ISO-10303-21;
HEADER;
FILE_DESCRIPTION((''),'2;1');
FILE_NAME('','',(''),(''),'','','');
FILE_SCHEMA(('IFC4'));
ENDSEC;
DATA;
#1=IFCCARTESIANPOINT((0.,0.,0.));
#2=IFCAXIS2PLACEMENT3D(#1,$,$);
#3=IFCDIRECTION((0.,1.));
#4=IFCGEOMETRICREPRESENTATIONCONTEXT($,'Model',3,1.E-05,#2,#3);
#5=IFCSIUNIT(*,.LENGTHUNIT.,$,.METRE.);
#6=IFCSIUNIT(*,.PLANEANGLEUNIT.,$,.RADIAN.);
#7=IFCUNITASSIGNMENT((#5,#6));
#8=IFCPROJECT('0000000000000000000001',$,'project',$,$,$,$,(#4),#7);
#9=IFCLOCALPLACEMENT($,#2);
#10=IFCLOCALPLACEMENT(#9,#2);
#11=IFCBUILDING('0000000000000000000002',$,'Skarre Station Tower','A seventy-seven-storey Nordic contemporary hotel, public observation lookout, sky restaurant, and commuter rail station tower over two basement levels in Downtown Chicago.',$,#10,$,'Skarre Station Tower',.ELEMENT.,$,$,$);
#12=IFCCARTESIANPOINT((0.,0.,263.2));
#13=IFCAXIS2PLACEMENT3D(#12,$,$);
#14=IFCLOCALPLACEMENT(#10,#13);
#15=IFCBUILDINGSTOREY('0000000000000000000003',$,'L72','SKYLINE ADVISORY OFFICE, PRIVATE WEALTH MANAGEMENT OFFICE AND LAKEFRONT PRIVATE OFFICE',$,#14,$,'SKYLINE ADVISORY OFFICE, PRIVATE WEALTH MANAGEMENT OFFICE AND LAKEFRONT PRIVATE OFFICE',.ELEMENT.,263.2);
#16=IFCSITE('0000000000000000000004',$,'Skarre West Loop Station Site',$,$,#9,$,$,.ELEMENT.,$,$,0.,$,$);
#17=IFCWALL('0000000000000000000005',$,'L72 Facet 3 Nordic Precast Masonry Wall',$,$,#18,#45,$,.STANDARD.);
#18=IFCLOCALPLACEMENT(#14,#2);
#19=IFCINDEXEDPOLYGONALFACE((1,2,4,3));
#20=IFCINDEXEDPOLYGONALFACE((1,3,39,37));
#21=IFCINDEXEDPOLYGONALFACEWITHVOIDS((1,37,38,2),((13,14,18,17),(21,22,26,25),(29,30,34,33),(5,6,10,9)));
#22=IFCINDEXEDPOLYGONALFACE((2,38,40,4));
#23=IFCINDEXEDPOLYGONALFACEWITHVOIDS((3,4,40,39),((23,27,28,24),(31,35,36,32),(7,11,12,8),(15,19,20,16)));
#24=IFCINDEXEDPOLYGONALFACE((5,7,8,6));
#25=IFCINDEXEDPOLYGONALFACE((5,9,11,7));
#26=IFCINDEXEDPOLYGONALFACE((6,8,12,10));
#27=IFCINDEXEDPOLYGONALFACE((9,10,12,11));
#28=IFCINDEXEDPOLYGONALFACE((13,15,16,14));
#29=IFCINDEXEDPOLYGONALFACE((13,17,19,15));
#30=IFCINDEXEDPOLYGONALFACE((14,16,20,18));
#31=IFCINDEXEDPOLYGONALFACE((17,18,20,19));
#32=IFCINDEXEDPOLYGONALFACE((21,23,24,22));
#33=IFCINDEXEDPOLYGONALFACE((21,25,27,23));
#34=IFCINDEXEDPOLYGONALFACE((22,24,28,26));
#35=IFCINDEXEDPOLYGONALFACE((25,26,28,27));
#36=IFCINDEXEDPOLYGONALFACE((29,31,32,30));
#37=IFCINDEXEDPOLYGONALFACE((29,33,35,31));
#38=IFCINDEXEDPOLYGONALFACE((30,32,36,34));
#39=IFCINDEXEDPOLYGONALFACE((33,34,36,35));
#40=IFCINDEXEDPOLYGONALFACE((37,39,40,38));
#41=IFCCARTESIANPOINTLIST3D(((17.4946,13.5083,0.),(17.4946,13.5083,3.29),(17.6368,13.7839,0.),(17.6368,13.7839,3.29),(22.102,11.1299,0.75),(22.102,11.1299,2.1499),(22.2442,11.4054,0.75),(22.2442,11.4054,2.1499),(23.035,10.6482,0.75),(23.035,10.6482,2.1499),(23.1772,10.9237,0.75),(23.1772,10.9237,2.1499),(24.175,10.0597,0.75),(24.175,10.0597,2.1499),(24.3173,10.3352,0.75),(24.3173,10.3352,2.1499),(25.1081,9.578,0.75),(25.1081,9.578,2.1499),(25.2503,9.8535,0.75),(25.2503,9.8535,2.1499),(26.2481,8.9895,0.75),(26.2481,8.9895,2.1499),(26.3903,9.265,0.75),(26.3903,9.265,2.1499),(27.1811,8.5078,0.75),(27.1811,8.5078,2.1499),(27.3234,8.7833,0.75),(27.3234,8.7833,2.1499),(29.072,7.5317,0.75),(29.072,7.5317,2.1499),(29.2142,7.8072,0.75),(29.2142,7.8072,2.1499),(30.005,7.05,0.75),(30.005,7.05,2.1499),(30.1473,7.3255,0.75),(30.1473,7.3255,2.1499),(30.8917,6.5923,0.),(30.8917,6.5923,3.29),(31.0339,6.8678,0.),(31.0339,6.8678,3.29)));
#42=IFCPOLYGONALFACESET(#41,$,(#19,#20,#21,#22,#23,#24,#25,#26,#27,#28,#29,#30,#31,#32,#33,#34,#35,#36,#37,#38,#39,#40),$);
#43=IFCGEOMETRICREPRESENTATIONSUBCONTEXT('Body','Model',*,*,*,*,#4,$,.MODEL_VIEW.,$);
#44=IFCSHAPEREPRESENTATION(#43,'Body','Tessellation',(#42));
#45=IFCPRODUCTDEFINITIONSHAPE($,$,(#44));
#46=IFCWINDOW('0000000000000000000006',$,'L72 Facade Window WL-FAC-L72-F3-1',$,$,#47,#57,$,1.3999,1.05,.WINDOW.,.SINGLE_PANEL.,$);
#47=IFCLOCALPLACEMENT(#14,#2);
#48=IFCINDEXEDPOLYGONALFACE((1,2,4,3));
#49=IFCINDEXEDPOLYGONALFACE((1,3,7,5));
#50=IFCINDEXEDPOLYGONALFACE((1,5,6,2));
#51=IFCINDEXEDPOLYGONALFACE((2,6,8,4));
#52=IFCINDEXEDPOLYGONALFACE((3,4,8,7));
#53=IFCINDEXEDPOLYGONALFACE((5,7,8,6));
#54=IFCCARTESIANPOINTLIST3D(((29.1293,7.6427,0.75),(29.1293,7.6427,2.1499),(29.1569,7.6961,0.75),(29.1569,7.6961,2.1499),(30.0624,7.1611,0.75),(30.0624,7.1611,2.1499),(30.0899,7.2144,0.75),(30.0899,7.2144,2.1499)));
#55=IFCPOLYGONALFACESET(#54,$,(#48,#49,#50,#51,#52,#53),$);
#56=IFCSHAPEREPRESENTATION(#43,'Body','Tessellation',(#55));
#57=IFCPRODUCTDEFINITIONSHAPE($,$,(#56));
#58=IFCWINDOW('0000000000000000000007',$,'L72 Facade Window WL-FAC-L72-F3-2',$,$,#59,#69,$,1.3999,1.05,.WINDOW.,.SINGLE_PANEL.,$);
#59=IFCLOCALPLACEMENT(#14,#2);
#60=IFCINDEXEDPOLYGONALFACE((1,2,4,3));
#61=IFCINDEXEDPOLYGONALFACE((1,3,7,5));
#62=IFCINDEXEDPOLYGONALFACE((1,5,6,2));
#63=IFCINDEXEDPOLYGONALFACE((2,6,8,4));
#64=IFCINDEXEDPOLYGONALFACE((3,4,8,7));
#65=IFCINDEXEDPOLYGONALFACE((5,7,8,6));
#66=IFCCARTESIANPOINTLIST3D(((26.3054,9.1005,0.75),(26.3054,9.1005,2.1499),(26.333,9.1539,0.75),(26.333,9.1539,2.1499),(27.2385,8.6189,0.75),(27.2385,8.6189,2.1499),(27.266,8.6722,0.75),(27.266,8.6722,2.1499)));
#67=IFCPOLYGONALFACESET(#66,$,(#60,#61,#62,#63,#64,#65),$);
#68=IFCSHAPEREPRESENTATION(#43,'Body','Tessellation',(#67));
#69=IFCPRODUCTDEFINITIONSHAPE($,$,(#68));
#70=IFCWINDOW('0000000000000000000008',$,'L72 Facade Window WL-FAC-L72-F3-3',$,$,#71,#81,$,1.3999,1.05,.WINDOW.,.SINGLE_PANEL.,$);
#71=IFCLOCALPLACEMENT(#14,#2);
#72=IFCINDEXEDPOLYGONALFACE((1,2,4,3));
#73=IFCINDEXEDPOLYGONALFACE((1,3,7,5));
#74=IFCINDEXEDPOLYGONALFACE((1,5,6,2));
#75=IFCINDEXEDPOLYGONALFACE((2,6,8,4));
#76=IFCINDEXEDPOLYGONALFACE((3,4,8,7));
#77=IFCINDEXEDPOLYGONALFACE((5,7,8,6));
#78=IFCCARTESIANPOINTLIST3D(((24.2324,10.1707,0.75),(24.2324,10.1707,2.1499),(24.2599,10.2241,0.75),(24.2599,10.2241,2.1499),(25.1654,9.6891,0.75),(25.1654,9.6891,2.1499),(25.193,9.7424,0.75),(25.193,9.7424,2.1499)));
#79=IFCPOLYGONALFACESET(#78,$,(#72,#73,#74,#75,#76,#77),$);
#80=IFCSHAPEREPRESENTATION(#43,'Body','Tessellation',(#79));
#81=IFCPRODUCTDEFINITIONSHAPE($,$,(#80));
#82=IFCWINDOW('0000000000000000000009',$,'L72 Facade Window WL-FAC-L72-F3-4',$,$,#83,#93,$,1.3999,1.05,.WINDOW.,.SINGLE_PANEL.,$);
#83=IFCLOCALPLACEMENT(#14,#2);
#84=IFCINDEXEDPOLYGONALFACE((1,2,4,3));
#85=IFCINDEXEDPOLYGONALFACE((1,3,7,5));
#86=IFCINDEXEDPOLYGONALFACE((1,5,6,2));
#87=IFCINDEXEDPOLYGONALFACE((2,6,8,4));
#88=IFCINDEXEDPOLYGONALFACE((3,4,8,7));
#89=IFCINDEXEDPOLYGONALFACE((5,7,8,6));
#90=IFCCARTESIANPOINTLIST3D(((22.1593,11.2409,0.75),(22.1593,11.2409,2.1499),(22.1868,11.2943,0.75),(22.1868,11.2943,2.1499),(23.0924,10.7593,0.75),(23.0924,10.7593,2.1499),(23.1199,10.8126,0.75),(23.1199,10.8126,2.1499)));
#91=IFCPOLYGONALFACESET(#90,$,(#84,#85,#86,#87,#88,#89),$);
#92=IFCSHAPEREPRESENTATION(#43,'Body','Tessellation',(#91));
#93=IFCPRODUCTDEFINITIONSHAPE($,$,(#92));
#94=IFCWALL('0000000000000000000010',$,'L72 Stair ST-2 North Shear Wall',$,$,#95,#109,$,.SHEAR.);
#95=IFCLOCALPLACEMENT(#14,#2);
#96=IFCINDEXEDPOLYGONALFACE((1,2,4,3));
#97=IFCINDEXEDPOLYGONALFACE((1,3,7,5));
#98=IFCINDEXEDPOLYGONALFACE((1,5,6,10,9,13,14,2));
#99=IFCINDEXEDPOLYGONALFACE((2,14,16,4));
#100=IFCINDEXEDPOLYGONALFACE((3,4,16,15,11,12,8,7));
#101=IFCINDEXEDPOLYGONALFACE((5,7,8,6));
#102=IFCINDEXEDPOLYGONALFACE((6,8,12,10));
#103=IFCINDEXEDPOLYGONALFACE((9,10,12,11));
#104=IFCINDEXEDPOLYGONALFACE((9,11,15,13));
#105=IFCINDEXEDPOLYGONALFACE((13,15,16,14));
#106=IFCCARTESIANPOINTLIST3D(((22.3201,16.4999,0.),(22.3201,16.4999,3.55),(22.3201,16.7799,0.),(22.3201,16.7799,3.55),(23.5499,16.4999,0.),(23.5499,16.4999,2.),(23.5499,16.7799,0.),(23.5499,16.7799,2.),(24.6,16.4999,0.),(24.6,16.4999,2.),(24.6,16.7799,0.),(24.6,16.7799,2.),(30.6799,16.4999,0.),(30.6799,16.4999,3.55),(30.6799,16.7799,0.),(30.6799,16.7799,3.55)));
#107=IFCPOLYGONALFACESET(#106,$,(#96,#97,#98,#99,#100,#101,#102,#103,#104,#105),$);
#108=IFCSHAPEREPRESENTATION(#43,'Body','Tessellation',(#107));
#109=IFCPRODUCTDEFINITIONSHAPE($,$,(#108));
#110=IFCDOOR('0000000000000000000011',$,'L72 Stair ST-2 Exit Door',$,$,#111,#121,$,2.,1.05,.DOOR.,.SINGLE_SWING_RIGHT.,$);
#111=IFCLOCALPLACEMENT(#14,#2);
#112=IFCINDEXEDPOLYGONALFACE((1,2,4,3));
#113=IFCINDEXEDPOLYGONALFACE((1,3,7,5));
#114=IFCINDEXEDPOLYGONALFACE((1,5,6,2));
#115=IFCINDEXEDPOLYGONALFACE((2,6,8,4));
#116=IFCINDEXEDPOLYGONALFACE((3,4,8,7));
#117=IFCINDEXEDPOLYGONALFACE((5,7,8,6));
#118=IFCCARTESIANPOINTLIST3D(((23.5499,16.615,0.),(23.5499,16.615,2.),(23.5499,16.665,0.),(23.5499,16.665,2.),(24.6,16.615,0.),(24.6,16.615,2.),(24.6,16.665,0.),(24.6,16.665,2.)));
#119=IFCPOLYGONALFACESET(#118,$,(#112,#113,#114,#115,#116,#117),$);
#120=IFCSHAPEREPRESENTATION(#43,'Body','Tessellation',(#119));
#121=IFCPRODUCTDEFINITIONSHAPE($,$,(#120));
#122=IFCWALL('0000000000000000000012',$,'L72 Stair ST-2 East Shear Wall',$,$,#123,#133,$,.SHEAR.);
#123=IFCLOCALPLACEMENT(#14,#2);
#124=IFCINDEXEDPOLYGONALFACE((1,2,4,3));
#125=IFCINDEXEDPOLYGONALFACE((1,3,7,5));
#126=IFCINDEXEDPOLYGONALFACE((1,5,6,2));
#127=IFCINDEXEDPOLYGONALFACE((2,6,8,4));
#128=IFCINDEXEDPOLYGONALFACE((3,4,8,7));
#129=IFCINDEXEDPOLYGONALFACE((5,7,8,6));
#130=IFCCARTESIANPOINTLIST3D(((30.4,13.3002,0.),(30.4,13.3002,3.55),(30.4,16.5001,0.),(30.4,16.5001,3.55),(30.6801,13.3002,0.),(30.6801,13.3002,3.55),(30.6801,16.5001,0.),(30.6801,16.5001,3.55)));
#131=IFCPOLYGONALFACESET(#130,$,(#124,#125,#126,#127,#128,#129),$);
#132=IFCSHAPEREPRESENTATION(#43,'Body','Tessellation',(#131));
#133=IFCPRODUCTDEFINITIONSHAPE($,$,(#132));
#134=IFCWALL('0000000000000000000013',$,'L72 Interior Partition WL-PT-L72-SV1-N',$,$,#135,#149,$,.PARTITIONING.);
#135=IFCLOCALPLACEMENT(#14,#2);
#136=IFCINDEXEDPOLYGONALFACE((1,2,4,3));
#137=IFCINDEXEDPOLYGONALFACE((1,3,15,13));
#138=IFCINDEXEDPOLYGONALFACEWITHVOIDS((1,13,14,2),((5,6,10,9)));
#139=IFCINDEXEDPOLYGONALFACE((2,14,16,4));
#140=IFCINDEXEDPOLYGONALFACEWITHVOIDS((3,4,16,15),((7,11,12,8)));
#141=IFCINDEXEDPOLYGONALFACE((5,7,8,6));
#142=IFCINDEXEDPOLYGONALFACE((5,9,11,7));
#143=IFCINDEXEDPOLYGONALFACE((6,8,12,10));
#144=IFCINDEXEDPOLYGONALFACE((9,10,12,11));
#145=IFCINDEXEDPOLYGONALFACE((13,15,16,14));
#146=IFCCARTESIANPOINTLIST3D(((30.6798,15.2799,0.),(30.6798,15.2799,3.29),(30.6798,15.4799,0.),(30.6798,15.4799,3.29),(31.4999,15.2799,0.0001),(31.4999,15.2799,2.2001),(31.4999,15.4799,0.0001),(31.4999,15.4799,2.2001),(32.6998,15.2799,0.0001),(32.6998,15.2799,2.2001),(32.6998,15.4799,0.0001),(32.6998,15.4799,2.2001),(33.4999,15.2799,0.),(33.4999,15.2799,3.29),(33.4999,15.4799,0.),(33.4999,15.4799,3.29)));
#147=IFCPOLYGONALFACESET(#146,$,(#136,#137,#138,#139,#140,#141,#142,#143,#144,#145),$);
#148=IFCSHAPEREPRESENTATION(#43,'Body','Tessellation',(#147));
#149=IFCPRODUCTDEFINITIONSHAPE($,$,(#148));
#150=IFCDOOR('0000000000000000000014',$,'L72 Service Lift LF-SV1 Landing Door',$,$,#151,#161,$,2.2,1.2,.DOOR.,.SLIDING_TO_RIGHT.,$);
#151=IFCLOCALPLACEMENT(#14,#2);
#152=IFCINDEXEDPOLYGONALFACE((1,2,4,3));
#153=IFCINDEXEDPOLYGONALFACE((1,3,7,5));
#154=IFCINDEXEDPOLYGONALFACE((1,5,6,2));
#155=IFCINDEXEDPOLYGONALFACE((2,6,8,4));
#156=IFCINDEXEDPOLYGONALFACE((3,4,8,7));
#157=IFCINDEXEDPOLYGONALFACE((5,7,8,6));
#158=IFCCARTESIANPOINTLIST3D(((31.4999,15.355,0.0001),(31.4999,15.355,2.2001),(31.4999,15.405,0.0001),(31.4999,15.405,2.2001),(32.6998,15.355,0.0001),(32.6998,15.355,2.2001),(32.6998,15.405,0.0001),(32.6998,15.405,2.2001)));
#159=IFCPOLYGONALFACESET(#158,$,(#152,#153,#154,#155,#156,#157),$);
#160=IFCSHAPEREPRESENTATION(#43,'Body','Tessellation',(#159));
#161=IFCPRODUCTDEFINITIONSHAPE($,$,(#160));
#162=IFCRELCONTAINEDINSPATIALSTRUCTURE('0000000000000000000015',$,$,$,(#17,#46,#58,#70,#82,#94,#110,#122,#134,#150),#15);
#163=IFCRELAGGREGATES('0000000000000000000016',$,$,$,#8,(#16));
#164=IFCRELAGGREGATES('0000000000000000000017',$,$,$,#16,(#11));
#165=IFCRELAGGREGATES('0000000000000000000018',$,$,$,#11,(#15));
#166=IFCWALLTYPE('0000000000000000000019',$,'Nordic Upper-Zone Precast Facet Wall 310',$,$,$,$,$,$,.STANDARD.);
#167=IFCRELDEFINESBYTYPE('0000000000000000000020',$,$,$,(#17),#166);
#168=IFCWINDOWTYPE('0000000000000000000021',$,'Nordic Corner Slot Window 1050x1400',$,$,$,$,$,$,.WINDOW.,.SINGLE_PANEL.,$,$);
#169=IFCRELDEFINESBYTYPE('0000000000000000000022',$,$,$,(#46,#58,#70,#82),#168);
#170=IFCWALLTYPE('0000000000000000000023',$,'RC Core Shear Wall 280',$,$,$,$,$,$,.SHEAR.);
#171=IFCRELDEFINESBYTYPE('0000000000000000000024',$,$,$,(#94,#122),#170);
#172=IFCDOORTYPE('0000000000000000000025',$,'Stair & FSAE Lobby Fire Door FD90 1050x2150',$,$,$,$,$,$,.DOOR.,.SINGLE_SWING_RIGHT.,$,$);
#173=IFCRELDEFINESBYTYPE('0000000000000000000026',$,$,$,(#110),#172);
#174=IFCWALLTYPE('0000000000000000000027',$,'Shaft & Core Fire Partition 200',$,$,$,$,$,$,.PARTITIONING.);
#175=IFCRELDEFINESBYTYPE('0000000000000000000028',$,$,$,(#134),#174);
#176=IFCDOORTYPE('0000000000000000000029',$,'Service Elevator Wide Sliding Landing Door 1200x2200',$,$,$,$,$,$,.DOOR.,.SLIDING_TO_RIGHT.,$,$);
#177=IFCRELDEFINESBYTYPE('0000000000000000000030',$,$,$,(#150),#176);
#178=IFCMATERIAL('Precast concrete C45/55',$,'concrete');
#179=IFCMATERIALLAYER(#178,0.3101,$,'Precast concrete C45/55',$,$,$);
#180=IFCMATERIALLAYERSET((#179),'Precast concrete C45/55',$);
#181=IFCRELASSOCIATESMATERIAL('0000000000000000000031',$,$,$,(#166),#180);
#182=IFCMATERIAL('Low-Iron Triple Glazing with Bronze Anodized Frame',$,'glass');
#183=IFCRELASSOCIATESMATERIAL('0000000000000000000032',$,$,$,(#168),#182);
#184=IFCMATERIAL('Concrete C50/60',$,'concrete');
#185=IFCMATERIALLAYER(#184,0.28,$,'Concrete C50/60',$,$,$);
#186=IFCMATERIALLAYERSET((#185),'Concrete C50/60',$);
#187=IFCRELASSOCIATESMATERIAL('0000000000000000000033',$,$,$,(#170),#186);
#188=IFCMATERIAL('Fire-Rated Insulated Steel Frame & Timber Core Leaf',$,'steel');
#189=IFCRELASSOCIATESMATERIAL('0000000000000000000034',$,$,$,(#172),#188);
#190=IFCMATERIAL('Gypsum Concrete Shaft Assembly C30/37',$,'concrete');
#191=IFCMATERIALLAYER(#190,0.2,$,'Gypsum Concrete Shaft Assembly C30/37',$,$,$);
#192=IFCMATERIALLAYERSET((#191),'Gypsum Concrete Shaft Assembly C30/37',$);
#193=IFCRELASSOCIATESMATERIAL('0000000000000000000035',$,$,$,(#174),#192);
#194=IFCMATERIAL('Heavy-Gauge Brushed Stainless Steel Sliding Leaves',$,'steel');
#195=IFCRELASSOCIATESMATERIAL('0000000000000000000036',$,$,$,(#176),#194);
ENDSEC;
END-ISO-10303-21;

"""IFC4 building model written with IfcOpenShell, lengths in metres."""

from ifc_helpers import new_model, si_unit, direction, frame, frame_2d, origin, place, context, subcontext, project, spatial, rectangle, extrude, material, layer, layer_set, type_object, element, fill, save


model = new_model("IFC4")

# Units and contexts
model_context = context("Model", 3, precision=1e-05, world=origin(), true_north=direction((0.0, 1.0)))
body_context = subcontext(model_context, "Body", "Model", "MODEL_VIEW")
ifc_project = project(units=[si_unit("LENGTHUNIT", "METRE"), si_unit("PLANEANGLEUNIT", "RADIAN")], contexts=[model_context])

# Site, building, storey
site_placement = place(None, origin())
site = spatial("IfcSite", under=ifc_project, at=site_placement, Name="Skarre West Loop Station Site", CompositionType="ELEMENT", RefElevation=0.0)
building_placement = place(site_placement, origin())
building = spatial("IfcBuilding", under=site, at=building_placement, Name="Skarre Station Tower", Description="A seventy-seven-storey Nordic contemporary hotel, public observation lookout, sky restaurant, and commuter rail station tower over two basement levels in Downtown Chicago.", LongName="Skarre Station Tower", CompositionType="ELEMENT")
storey_placement = place(building_placement, frame((0.0, 0.0, 263.2)))
storey = spatial("IfcBuildingStorey", under=building, at=storey_placement, Name="L72", Description="SKYLINE ADVISORY OFFICE, PRIVATE WEALTH MANAGEMENT OFFICE AND LAKEFRONT PRIVATE OFFICE", LongName="SKYLINE ADVISORY OFFICE, PRIVATE WEALTH MANAGEMENT OFFICE AND LAKEFRONT PRIVATE OFFICE", CompositionType="ELEMENT", Elevation=263.2)

# Shared definitions
ifc_material_1 = material(Name="Concrete C50/60", Category="concrete")

# Shared definitions
ifc_material_2 = material(Name="Precast concrete C45/55", Category="concrete")

# Wall, openings, windows
ifc_layer_1 = layer(ifc_material_2, 0.3101, Name="Precast concrete C45/55")
ifc_layer_set_1 = layer_set([ifc_layer_1], Name="Precast concrete C45/55")
wall_type_1 = type_object("IfcWallType", Name="Nordic Upper-Zone Precast Facet Wall 310", PredefinedType="STANDARD", material=ifc_layer_set_1)
wall_1_placement = place(storey_placement, frame((30.9629, 6.73, 0.0), z_axis=(0.0, 0.0, 1.0), x_axis=(-0.888581, 0.458719, 0.0)))
wall_1 = element("IfcWall", 1, at=wall_1_placement, inside=storey, type_object=wall_type_1, Name="L72 Facet 3 Nordic Precast Masonry Wall", PredefinedType="STANDARD", context=body_context, shape_type="SweptSolid", body=[
    extrude(rectangle(XDim=15.0769, YDim=0.3101, at=frame_2d((7.5386, 0.0))), origin(), (0.0, 0.0, 1.0), 3.29),
])
opening_1_placement = place(wall_1_placement, frame((0.998, 0.0, 0.75)))
opening_1 = element("IfcOpeningElement", 2, at=opening_1_placement, cuts=wall_1, PredefinedType="OPENING", context=body_context, shape_type="SweptSolid", body=[
    extrude(rectangle(XDim=1.05, YDim=1.3999, at=frame_2d((0.5249, 0.7))), frame((0.0, 0.165, 0.0), z_axis=(0.0, -1.0, 0.0), x_axis=(1.0, 0.0, 0.0)), (0.0, 0.0, 1.0), 0.3301),
])
opening_2_placement = place(wall_1_placement, frame((4.176, 0.0, 0.75)))
opening_2 = element("IfcOpeningElement", 3, at=opening_2_placement, cuts=wall_1, PredefinedType="OPENING", context=body_context, shape_type="SweptSolid", body=[
    extrude(rectangle(XDim=1.05, YDim=1.3999, at=frame_2d((0.5249, 0.7))), frame((0.0, 0.165, 0.0), z_axis=(0.0, -1.0, 0.0), x_axis=(1.0, 0.0, 0.0)), (0.0, 0.0, 1.0), 0.3301),
])
opening_3_placement = place(wall_1_placement, frame((6.509, 0.0, 0.75)))
opening_3 = element("IfcOpeningElement", 4, at=opening_3_placement, cuts=wall_1, PredefinedType="OPENING", context=body_context, shape_type="SweptSolid", body=[
    extrude(rectangle(XDim=1.05, YDim=1.3999, at=frame_2d((0.5249, 0.7))), frame((0.0, 0.165, 0.0), z_axis=(0.0, -1.0, 0.0), x_axis=(1.0, 0.0, 0.0)), (0.0, 0.0, 1.0), 0.3301),
])
opening_4_placement = place(wall_1_placement, frame((8.842, 0.0, 0.75)))
opening_4 = element("IfcOpeningElement", 5, at=opening_4_placement, cuts=wall_1, PredefinedType="OPENING", context=body_context, shape_type="SweptSolid", body=[
    extrude(rectangle(XDim=1.05, YDim=1.3999, at=frame_2d((0.5249, 0.7))), frame((0.0, 0.165, 0.0), z_axis=(0.0, -1.0, 0.0), x_axis=(1.0, 0.0, 0.0)), (0.0, 0.0, 1.0), 0.3301),
])
ifc_material_3 = material(Name="Low-Iron Triple Glazing with Bronze Anodized Frame", Category="glass")
window_type = type_object("IfcWindowType", Name="Nordic Corner Slot Window 1050x1400", PartitioningType="SINGLE_PANEL", PredefinedType="WINDOW", material=ifc_material_3)
window_1_placement = place(opening_1_placement, origin())
window_1 = element("IfcWindow", 6, at=window_1_placement, inside=storey, type_object=window_type, Name="L72 Facade Window WL-FAC-L72-F3-1", OverallHeight=1.3999, OverallWidth=1.05, PartitioningType="SINGLE_PANEL", PredefinedType="WINDOW", context=body_context, shape_type="SweptSolid", body=[
    extrude(rectangle(XDim=1.05, YDim=1.3999, at=frame_2d((0.5249, 0.7))), frame((0.0, 0.03, 0.0), z_axis=(0.0, -1.0, 0.0), x_axis=(1.0, 0.0, 0.0)), (0.0, 0.0, 1.0), 0.0601),
])
fill(opening_1, window_1)
window_2_placement = place(opening_2_placement, origin())
window_2 = element("IfcWindow", 7, at=window_2_placement, inside=storey, type_object=window_type, Name="L72 Facade Window WL-FAC-L72-F3-2", OverallHeight=1.3999, OverallWidth=1.05, PartitioningType="SINGLE_PANEL", PredefinedType="WINDOW", context=body_context, shape_type="SweptSolid", body=[
    extrude(rectangle(XDim=1.05, YDim=1.3999, at=frame_2d((0.5249, 0.7))), frame((0.0, 0.03, 0.0), z_axis=(0.0, -1.0, 0.0), x_axis=(1.0, 0.0, 0.0)), (0.0, 0.0, 1.0), 0.0601),
])
fill(opening_2, window_2)
window_3_placement = place(opening_3_placement, origin())
window_3 = element("IfcWindow", 8, at=window_3_placement, inside=storey, type_object=window_type, Name="L72 Facade Window WL-FAC-L72-F3-3", OverallHeight=1.3999, OverallWidth=1.05, PartitioningType="SINGLE_PANEL", PredefinedType="WINDOW", context=body_context, shape_type="SweptSolid", body=[
    extrude(rectangle(XDim=1.05, YDim=1.3999, at=frame_2d((0.5249, 0.7))), frame((0.0, 0.03, 0.0), z_axis=(0.0, -1.0, 0.0), x_axis=(1.0, 0.0, 0.0)), (0.0, 0.0, 1.0), 0.0601),
])
fill(opening_3, window_3)
window_4_placement = place(opening_4_placement, origin())
window_4 = element("IfcWindow", 9, at=window_4_placement, inside=storey, type_object=window_type, Name="L72 Facade Window WL-FAC-L72-F3-4", OverallHeight=1.3999, OverallWidth=1.05, PartitioningType="SINGLE_PANEL", PredefinedType="WINDOW", context=body_context, shape_type="SweptSolid", body=[
    extrude(rectangle(XDim=1.05, YDim=1.3999, at=frame_2d((0.5249, 0.7))), frame((0.0, 0.03, 0.0), z_axis=(0.0, -1.0, 0.0), x_axis=(1.0, 0.0, 0.0)), (0.0, 0.0, 1.0), 0.0601),
])
fill(opening_4, window_4)

# Wall, opening, door
ifc_layer_2 = layer(ifc_material_1, 0.28, Name="Concrete C50/60")
ifc_layer_set_2 = layer_set([ifc_layer_2], Name="Concrete C50/60")
wall_type_2 = type_object("IfcWallType", Name="RC Core Shear Wall 280", PredefinedType="SHEAR", material=ifc_layer_set_2)
wall_2_placement = place(storey_placement, frame((30.6799, 16.6399, 0.0), z_axis=(0.0, 0.0, 1.0), x_axis=(-1.0, 0.0, 0.0)))
wall_2 = element("IfcWall", 10, at=wall_2_placement, inside=storey, type_object=wall_type_2, Name="L72 Stair ST-2 North Shear Wall", PredefinedType="SHEAR", context=body_context, shape_type="SweptSolid", body=[
    extrude(rectangle(XDim=8.3599, YDim=0.28, at=frame_2d((4.1799, 0.0))), origin(), (0.0, 0.0, 1.0), 3.55),
])
opening_5_placement = place(wall_2_placement, frame((6.0801, 0.0, 0.0)))
opening_5 = element("IfcOpeningElement", 11, at=opening_5_placement, cuts=wall_2, PredefinedType="OPENING", context=body_context, shape_type="SweptSolid", body=[
    extrude(rectangle(XDim=1.05, YDim=2.0, at=frame_2d((0.5249, 1.0))), frame((0.0, 0.1499, 0.0), z_axis=(0.0, -1.0, 0.0), x_axis=(1.0, 0.0, 0.0)), (0.0, 0.0, 1.0), 0.3),
])
ifc_material_4 = material(Name="Fire-Rated Insulated Steel Frame & Timber Core Leaf", Category="steel")
door_type_1 = type_object("IfcDoorType", Name="Stair & FSAE Lobby Fire Door FD90 1050x2150", OperationType="SINGLE_SWING_RIGHT", PredefinedType="DOOR", material=ifc_material_4)
door_1_placement = place(opening_5_placement, origin())
door_1 = element("IfcDoor", 12, at=door_1_placement, inside=storey, type_object=door_type_1, Name="L72 Stair ST-2 Exit Door", OperationType="SINGLE_SWING_RIGHT", OverallHeight=2.0, OverallWidth=1.05, PredefinedType="DOOR", context=body_context, shape_type="SweptSolid", body=[
    extrude(rectangle(XDim=1.05, YDim=2.0, at=frame_2d((0.5249, 1.0))), frame((0.0, 0.0249, 0.0), z_axis=(0.0, -1.0, 0.0), x_axis=(1.0, 0.0, 0.0)), (0.0, 0.0, 1.0), 0.05),
])
fill(opening_5, door_1)

# Wall
wall_3_placement = place(storey_placement, frame((30.54, 13.3, 0.0), z_axis=(0.0, 0.0, 1.0), x_axis=(0.0, 1.0, 0.0)))
element("IfcWall", 13, at=wall_3_placement, inside=storey, type_object=wall_type_2, Name="L72 Stair ST-2 East Shear Wall", PredefinedType="SHEAR", context=body_context, shape_type="SweptSolid", body=[
    extrude(rectangle(XDim=3.2, YDim=0.28, at=frame_2d((1.6001, 0.0))), origin(), (0.0, 0.0, 1.0), 3.55),
])

# Wall, opening, door
ifc_material_5 = material(Name="Gypsum Concrete Shaft Assembly C30/37", Category="concrete")
ifc_layer_3 = layer(ifc_material_5, 0.2, Name="Gypsum Concrete Shaft Assembly C30/37")
ifc_layer_set_3 = layer_set([ifc_layer_3], Name="Gypsum Concrete Shaft Assembly C30/37")
wall_type_3 = type_object("IfcWallType", Name="Shaft & Core Fire Partition 200", PredefinedType="PARTITIONING", material=ifc_layer_set_3)
wall_4_placement = place(storey_placement, frame((33.5, 15.3799, 0.0), z_axis=(0.0, 0.0, 1.0), x_axis=(-1.0, 0.0, 0.0)))
wall_4 = element("IfcWall", 14, at=wall_4_placement, inside=storey, type_object=wall_type_3, Name="L72 Interior Partition WL-PT-L72-SV1-N", PredefinedType="PARTITIONING", context=body_context, shape_type="SweptSolid", body=[
    extrude(rectangle(XDim=2.8201, YDim=0.2, at=frame_2d((1.4102, 0.0))), origin(), (0.0, 0.0, 1.0), 3.29),
])
opening_6_placement = place(wall_4_placement, frame((0.8, 0.0, 0.0)))
opening_6 = element("IfcOpeningElement", 15, at=opening_6_placement, cuts=wall_4, PredefinedType="OPENING", context=body_context, shape_type="SweptSolid", body=[
    extrude(rectangle(XDim=1.2, YDim=2.2, at=frame_2d((0.6001, 1.1001))), frame((0.0, 0.1099, 0.0), z_axis=(0.0, -1.0, 0.0), x_axis=(1.0, 0.0, 0.0)), (0.0, 0.0, 1.0), 0.22),
])
ifc_material_6 = material(Name="Heavy-Gauge Brushed Stainless Steel Sliding Leaves", Category="steel")
door_type_2 = type_object("IfcDoorType", Name="Service Elevator Wide Sliding Landing Door 1200x2200", OperationType="SLIDING_TO_RIGHT", PredefinedType="DOOR", material=ifc_material_6)
door_2_placement = place(opening_6_placement, origin())
door_2 = element("IfcDoor", 16, at=door_2_placement, inside=storey, type_object=door_type_2, Name="L72 Service Lift LF-SV1 Landing Door", OperationType="SLIDING_TO_RIGHT", OverallHeight=2.2, OverallWidth=1.2, PredefinedType="DOOR", context=body_context, shape_type="SweptSolid", body=[
    extrude(rectangle(XDim=1.2, YDim=2.2, at=frame_2d((0.6001, 1.1001))), frame((0.0, 0.0249, 0.0), z_axis=(0.0, -1.0, 0.0), x_axis=(1.0, 0.0, 0.0)), (0.0, 0.0, 1.0), 0.05),
])
fill(opening_6, door_2)

save(model, "model.ifc")
